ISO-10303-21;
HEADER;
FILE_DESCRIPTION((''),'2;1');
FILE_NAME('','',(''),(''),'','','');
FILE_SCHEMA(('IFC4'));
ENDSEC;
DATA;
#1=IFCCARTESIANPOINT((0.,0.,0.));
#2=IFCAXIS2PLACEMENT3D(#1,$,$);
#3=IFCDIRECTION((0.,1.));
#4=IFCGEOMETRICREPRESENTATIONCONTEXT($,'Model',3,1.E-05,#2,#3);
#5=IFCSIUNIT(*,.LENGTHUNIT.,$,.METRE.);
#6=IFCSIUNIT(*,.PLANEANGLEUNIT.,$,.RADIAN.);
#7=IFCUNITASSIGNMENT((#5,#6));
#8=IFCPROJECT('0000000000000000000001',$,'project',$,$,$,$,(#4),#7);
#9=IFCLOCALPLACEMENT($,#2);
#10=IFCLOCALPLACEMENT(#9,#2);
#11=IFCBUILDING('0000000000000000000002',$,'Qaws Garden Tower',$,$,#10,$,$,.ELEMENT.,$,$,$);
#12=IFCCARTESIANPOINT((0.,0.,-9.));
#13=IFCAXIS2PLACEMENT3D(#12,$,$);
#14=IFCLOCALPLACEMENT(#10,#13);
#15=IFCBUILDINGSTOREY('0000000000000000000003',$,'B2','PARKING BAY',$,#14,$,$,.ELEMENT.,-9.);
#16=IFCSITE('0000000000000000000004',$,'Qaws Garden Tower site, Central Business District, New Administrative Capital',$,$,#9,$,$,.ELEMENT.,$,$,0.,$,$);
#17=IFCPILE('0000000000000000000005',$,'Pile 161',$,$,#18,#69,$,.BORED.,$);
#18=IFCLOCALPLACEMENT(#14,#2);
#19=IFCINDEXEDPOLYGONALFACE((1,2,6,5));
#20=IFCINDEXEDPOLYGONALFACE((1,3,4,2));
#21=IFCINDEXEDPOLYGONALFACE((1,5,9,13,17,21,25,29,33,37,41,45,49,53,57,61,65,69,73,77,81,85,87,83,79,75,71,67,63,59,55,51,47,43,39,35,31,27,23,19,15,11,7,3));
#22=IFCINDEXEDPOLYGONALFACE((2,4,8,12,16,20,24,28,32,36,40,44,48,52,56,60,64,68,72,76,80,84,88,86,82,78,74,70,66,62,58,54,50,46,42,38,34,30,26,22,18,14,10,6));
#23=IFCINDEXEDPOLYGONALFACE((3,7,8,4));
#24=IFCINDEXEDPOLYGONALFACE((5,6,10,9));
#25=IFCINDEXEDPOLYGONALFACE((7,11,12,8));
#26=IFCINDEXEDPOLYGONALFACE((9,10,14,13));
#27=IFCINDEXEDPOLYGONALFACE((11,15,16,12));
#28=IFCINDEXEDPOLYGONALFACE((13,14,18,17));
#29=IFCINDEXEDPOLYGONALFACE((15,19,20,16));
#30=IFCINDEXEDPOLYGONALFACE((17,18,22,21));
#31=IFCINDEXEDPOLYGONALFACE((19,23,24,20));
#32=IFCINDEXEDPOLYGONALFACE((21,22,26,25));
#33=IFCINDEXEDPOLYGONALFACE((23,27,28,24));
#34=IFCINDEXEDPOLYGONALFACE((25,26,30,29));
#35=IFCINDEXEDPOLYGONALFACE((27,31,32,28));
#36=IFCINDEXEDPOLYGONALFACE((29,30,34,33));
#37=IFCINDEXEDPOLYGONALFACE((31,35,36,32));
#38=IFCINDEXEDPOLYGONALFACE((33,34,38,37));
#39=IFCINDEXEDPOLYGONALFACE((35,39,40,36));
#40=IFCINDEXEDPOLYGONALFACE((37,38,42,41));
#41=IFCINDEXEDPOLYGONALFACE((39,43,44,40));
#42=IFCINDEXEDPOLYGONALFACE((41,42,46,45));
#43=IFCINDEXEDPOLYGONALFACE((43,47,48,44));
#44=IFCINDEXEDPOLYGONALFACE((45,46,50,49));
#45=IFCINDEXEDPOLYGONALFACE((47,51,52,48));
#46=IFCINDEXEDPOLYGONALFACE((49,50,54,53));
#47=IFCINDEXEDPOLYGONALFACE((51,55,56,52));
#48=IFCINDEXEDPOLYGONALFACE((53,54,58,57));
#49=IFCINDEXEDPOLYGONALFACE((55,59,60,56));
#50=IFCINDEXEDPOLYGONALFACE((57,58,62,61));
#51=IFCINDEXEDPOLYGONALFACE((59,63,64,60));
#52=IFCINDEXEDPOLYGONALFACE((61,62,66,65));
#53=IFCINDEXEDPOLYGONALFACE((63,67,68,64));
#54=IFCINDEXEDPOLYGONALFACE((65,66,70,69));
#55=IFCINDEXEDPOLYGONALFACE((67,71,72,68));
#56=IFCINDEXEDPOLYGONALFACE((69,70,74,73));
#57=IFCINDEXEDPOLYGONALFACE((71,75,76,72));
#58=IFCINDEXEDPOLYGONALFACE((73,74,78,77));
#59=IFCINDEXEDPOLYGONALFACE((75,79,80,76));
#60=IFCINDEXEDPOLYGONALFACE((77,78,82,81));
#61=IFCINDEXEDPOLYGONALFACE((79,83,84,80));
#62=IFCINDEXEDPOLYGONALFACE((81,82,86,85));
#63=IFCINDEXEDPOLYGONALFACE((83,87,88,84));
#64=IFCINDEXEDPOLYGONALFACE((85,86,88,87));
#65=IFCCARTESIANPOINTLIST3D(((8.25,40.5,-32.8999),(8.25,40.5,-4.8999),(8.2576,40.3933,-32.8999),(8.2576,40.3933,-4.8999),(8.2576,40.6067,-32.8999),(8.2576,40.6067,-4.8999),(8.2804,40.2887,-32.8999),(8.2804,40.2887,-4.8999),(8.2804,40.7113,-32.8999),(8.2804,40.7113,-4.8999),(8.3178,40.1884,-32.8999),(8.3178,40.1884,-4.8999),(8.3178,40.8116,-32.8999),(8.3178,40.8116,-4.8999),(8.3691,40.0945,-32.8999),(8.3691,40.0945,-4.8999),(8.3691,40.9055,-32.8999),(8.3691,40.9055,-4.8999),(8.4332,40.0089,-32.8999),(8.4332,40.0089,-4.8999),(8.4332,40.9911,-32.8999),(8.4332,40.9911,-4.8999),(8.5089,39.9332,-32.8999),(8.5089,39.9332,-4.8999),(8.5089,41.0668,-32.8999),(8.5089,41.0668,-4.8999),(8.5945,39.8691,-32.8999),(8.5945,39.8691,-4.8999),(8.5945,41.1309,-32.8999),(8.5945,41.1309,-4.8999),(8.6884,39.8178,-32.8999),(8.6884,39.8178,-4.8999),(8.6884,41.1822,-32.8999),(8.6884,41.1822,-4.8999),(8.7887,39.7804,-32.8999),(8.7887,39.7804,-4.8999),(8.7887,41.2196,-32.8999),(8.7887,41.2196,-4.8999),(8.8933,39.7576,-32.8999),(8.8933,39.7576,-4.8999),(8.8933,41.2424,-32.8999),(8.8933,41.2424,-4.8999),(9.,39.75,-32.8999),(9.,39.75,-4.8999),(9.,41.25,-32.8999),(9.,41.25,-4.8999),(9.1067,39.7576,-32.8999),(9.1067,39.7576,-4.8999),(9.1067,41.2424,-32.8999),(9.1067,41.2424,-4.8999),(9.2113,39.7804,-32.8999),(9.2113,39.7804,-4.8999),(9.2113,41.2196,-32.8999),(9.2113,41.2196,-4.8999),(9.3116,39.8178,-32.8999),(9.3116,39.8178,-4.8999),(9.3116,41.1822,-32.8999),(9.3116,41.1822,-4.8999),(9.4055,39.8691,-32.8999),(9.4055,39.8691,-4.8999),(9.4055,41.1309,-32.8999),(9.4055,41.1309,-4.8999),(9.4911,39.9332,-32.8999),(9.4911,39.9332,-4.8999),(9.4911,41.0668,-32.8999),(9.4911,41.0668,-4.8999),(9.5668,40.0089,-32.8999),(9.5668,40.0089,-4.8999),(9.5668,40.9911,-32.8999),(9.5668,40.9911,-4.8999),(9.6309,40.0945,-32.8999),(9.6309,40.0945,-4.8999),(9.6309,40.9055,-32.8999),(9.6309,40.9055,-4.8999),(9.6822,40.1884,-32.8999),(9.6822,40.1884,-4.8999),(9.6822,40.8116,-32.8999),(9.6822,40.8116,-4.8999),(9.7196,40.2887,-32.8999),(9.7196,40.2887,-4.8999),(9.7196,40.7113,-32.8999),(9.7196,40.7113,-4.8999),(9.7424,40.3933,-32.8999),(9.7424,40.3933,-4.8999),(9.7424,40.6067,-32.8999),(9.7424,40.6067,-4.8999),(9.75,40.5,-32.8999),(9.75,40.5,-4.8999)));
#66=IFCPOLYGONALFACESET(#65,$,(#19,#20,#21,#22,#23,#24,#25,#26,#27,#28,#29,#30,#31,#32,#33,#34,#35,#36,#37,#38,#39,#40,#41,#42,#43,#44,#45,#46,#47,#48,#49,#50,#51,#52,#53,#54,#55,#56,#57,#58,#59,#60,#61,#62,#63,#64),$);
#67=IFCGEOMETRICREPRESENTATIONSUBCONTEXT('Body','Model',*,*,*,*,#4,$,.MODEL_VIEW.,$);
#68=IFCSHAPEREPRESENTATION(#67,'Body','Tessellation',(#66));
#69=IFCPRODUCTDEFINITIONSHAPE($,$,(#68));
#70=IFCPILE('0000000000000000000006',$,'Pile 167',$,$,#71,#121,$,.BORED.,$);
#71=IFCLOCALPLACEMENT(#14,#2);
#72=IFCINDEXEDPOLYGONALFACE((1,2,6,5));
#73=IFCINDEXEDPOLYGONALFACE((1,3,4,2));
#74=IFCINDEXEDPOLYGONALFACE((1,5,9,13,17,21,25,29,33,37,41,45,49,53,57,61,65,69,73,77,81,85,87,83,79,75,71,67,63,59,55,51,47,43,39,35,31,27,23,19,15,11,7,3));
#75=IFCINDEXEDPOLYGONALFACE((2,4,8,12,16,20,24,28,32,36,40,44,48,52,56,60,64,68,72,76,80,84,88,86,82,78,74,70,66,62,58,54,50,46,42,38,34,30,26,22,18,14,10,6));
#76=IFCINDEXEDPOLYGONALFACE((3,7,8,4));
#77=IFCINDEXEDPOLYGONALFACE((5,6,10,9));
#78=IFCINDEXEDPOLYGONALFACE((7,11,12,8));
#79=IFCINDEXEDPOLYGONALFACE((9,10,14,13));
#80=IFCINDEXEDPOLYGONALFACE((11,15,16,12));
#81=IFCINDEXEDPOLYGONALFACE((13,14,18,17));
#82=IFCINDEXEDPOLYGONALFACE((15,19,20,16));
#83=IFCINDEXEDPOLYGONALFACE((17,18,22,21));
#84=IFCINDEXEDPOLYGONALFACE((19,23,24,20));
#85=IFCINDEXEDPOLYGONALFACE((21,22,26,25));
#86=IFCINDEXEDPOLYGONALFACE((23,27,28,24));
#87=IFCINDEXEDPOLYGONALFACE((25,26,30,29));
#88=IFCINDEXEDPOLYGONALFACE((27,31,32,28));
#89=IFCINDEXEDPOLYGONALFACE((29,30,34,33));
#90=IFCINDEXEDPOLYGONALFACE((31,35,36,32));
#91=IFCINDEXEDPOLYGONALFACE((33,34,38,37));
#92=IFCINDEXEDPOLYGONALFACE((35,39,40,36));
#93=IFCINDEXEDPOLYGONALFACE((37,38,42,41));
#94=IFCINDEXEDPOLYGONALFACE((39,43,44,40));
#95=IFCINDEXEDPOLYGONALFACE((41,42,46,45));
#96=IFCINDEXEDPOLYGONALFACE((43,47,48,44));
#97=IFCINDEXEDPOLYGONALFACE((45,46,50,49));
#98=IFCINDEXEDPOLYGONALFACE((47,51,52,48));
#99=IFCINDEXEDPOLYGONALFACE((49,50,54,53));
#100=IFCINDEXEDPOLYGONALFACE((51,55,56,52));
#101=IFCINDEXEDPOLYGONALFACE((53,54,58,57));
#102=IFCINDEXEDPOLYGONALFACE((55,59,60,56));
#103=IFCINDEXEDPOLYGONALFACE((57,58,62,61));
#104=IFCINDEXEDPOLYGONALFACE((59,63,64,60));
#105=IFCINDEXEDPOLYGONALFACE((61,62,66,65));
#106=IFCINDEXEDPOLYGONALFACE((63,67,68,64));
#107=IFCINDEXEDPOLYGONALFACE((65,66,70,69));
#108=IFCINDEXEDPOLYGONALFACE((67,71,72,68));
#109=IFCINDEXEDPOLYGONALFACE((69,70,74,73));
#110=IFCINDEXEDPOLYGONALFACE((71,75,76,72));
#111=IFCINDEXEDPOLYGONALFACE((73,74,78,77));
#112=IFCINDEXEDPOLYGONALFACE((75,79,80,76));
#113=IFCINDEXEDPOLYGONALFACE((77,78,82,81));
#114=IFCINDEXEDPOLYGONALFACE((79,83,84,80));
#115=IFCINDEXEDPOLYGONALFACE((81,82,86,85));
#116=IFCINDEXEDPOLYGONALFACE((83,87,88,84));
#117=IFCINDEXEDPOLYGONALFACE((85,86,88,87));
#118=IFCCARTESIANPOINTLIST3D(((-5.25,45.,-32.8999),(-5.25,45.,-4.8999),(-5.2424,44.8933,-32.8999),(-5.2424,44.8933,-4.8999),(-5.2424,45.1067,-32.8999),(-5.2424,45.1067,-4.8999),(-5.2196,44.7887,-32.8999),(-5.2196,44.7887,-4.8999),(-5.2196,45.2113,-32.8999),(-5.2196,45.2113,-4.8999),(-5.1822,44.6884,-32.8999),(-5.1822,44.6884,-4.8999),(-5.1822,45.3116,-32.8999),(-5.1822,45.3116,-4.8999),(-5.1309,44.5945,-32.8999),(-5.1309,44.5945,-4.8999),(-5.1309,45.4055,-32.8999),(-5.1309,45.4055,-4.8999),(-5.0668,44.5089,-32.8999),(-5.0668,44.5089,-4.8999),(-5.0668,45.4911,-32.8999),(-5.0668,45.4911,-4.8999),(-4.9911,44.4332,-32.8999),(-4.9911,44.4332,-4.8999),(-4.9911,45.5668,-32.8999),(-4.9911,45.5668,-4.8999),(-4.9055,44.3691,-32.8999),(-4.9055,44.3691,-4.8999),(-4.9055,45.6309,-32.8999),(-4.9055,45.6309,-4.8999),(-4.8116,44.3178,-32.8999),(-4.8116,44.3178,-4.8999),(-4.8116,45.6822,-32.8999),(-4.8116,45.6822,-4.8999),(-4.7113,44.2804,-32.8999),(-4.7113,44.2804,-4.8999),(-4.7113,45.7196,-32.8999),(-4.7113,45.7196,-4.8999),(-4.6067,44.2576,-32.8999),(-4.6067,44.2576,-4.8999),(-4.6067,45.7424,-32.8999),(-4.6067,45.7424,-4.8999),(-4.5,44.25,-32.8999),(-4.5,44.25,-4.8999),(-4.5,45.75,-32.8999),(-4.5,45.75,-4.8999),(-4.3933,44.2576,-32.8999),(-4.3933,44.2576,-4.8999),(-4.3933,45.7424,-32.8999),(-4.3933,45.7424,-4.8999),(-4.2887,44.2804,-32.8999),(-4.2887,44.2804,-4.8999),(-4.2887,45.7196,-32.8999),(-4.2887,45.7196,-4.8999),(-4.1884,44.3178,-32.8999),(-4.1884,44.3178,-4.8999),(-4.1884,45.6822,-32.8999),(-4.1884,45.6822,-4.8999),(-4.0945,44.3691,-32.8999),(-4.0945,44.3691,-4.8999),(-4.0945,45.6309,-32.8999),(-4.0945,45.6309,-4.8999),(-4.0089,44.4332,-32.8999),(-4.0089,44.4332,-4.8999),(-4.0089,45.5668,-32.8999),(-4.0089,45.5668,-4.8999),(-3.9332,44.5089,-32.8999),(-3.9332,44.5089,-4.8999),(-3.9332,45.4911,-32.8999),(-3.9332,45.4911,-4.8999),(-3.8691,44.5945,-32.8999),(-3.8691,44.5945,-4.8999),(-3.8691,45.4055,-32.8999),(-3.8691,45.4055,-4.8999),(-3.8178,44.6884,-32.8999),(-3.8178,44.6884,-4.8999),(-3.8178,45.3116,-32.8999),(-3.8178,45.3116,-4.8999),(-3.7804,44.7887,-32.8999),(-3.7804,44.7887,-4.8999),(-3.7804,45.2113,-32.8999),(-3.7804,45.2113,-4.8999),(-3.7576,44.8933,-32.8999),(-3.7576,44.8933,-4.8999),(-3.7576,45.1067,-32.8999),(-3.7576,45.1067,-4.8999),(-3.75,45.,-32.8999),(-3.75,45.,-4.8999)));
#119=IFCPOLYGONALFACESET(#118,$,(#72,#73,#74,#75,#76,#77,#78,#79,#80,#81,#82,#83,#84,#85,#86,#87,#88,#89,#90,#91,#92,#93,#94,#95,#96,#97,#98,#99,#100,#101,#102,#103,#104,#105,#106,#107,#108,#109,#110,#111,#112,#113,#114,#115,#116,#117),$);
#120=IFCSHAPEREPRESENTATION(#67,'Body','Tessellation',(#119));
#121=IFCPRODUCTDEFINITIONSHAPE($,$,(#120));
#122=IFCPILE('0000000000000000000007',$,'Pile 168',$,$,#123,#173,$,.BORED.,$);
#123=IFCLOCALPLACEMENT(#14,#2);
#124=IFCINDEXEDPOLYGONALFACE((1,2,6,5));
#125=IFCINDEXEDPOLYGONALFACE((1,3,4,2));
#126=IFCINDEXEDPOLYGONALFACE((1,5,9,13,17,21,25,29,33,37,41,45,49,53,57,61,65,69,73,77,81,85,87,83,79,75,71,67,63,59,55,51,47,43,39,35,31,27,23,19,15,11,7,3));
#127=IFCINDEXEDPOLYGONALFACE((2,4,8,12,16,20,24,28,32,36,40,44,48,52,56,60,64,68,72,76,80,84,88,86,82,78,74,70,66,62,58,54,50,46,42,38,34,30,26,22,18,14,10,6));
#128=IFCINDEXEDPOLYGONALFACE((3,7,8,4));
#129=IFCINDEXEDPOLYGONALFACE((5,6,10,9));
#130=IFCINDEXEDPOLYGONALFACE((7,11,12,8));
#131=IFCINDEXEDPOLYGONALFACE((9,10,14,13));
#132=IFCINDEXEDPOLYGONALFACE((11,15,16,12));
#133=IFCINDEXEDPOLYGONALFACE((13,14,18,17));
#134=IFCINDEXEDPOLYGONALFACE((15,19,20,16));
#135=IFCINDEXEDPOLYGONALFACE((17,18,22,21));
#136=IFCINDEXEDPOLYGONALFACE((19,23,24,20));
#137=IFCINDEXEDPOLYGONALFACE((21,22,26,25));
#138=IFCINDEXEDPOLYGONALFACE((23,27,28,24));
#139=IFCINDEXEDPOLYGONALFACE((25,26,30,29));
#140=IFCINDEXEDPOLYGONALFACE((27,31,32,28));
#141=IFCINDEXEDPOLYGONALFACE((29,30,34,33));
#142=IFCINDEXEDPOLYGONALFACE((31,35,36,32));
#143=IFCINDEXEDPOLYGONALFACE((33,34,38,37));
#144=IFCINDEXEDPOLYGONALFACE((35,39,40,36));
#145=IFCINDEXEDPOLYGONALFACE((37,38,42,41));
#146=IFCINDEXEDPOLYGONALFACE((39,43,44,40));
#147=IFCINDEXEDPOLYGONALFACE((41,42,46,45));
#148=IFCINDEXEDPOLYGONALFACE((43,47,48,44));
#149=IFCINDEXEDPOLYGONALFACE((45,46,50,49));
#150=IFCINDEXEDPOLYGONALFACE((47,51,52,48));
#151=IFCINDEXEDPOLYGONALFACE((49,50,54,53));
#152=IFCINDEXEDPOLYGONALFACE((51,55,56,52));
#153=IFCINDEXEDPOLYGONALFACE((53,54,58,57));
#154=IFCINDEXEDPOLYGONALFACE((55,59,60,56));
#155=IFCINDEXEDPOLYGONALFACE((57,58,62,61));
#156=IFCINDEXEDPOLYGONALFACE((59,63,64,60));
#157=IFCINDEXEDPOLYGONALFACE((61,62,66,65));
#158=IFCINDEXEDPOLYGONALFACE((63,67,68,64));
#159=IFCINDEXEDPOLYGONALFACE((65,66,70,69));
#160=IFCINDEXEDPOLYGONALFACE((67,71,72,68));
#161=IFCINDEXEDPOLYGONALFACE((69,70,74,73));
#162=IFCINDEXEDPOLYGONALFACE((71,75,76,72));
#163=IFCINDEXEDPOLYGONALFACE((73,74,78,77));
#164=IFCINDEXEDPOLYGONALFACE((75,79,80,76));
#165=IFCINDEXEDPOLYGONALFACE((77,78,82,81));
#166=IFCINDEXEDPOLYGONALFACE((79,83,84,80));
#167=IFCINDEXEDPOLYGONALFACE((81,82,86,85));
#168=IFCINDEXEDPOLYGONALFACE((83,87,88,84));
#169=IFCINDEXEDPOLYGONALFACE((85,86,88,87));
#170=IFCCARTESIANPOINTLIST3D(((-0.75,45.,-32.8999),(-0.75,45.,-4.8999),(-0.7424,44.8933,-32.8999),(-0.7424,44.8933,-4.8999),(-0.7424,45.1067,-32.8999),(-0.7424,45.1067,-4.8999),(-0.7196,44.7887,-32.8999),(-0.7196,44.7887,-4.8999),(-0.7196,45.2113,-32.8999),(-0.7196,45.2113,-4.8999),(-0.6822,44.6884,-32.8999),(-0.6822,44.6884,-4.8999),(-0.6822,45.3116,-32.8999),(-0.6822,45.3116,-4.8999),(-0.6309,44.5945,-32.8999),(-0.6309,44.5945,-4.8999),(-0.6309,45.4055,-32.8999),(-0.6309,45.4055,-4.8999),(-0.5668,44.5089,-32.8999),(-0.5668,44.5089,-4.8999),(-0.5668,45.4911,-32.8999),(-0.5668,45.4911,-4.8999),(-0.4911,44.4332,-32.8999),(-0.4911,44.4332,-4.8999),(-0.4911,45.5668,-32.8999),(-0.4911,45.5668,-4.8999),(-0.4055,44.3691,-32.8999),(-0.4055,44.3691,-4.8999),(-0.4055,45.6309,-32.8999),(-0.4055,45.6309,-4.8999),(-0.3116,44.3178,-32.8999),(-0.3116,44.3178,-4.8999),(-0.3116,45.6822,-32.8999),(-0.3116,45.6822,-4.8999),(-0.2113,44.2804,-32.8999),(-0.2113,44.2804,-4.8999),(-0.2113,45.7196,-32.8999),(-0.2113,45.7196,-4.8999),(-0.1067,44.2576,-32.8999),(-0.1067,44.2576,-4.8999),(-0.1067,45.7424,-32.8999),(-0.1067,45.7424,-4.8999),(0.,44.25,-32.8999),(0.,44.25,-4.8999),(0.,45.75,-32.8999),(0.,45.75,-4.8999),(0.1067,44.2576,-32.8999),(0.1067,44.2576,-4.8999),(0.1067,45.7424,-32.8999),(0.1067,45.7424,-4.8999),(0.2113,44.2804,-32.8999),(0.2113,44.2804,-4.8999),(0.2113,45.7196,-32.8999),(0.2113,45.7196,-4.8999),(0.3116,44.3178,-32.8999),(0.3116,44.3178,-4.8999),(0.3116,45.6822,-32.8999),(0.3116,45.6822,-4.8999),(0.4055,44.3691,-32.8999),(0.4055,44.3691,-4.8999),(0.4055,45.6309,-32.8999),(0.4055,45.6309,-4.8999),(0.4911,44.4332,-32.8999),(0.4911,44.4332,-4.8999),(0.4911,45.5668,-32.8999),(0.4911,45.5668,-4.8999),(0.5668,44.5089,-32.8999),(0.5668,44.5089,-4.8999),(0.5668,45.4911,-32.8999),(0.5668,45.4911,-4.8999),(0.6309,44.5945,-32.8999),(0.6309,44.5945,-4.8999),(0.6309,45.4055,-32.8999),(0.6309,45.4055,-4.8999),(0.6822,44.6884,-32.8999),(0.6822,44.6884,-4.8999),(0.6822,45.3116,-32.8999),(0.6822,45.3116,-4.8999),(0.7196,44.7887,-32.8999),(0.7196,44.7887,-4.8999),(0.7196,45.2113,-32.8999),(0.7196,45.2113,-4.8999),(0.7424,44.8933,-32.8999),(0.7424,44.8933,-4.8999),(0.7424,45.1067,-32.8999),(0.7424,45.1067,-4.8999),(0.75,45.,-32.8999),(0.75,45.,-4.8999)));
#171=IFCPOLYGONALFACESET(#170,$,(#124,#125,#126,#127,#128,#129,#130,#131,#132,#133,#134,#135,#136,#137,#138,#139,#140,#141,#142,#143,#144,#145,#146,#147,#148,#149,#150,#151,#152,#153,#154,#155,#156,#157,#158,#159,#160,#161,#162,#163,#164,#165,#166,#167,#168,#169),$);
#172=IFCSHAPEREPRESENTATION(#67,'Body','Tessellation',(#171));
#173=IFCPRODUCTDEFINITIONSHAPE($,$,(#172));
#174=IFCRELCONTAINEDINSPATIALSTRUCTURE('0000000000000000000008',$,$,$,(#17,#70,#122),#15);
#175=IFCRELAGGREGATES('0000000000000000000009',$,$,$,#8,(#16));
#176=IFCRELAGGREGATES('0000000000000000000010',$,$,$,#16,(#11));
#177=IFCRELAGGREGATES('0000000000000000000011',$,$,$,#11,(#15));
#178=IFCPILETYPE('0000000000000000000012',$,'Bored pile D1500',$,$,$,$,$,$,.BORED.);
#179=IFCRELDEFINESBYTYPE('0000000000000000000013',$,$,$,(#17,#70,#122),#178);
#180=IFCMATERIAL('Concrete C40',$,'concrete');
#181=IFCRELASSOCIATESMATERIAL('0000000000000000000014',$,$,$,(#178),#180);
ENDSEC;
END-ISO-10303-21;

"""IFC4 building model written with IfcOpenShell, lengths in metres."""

from ifc_helpers import new_model, si_unit, direction, frame, origin, origin_2d, place, context, subcontext, project, spatial, circle, extrude, material, material_profile, profile_set, type_object, element, save


model = new_model("IFC4")

# Units and contexts
model_context = context("Model", 3, precision=1e-05, world=origin(), true_north=direction((0.0, 1.0)))
body_context = subcontext(model_context, "Body", "Model", "MODEL_VIEW")
ifc_project = project(units=[si_unit("LENGTHUNIT", "METRE"), si_unit("PLANEANGLEUNIT", "RADIAN")], contexts=[model_context])

# Site, building, storey
site_placement = place(None, origin())
site = spatial("IfcSite", under=ifc_project, at=site_placement, Name="Qaws Garden Tower site, Central Business District, New Administrative Capital", CompositionType="ELEMENT", RefElevation=0.0)
building_placement = place(site_placement, origin())
building = spatial("IfcBuilding", under=site, at=building_placement, Name="Qaws Garden Tower", CompositionType="ELEMENT")
storey_placement = place(building_placement, frame((0.0, 0.0, -9.0)))
storey = spatial("IfcBuildingStorey", under=building, at=storey_placement, Name="B2", Description="PARKING BAY", CompositionType="ELEMENT", Elevation=-9.0)

# Piles
ifc_material_1 = material(Name="Concrete C40", Category="concrete")
ifc_material_profile_1 = material_profile(ifc_material_1, circle(Radius=0.75, at=origin_2d()), Name="Bored pile D1500")
ifc_profile_set_1 = profile_set([ifc_material_profile_1], Name="Concrete C40")
pile_type = type_object("IfcPileType", Name="Bored pile D1500", PredefinedType="BORED", material=ifc_profile_set_1)
for number, where, z_axis, x_axis, name in (
    (1, (9.0, 40.5, -4.8999), (0.0, 0.0, -1.0), (1.0, 0.0, 0.0), "Pile 161"),
    (2, (-4.5, 45.0, -4.8999), (0.0, 0.0, -1.0), (1.0, 0.0, 0.0), "Pile 167"),
    (3, (0.0, 45.0, -4.8999), (0.0, 0.0, -1.0), (1.0, 0.0, 0.0), "Pile 168"),
):
    element("IfcPile", number, at=place(storey_placement, frame(where, z_axis=z_axis, x_axis=x_axis)), inside=storey, type_object=pile_type, Name=name, PredefinedType="BORED", context=body_context, shape_type="SweptSolid", body=[
        extrude(circle(Radius=0.75, at=origin_2d()), origin(), (0.0, 0.0, 1.0), 28.0),
    ])

save(model, "model.ifc")
